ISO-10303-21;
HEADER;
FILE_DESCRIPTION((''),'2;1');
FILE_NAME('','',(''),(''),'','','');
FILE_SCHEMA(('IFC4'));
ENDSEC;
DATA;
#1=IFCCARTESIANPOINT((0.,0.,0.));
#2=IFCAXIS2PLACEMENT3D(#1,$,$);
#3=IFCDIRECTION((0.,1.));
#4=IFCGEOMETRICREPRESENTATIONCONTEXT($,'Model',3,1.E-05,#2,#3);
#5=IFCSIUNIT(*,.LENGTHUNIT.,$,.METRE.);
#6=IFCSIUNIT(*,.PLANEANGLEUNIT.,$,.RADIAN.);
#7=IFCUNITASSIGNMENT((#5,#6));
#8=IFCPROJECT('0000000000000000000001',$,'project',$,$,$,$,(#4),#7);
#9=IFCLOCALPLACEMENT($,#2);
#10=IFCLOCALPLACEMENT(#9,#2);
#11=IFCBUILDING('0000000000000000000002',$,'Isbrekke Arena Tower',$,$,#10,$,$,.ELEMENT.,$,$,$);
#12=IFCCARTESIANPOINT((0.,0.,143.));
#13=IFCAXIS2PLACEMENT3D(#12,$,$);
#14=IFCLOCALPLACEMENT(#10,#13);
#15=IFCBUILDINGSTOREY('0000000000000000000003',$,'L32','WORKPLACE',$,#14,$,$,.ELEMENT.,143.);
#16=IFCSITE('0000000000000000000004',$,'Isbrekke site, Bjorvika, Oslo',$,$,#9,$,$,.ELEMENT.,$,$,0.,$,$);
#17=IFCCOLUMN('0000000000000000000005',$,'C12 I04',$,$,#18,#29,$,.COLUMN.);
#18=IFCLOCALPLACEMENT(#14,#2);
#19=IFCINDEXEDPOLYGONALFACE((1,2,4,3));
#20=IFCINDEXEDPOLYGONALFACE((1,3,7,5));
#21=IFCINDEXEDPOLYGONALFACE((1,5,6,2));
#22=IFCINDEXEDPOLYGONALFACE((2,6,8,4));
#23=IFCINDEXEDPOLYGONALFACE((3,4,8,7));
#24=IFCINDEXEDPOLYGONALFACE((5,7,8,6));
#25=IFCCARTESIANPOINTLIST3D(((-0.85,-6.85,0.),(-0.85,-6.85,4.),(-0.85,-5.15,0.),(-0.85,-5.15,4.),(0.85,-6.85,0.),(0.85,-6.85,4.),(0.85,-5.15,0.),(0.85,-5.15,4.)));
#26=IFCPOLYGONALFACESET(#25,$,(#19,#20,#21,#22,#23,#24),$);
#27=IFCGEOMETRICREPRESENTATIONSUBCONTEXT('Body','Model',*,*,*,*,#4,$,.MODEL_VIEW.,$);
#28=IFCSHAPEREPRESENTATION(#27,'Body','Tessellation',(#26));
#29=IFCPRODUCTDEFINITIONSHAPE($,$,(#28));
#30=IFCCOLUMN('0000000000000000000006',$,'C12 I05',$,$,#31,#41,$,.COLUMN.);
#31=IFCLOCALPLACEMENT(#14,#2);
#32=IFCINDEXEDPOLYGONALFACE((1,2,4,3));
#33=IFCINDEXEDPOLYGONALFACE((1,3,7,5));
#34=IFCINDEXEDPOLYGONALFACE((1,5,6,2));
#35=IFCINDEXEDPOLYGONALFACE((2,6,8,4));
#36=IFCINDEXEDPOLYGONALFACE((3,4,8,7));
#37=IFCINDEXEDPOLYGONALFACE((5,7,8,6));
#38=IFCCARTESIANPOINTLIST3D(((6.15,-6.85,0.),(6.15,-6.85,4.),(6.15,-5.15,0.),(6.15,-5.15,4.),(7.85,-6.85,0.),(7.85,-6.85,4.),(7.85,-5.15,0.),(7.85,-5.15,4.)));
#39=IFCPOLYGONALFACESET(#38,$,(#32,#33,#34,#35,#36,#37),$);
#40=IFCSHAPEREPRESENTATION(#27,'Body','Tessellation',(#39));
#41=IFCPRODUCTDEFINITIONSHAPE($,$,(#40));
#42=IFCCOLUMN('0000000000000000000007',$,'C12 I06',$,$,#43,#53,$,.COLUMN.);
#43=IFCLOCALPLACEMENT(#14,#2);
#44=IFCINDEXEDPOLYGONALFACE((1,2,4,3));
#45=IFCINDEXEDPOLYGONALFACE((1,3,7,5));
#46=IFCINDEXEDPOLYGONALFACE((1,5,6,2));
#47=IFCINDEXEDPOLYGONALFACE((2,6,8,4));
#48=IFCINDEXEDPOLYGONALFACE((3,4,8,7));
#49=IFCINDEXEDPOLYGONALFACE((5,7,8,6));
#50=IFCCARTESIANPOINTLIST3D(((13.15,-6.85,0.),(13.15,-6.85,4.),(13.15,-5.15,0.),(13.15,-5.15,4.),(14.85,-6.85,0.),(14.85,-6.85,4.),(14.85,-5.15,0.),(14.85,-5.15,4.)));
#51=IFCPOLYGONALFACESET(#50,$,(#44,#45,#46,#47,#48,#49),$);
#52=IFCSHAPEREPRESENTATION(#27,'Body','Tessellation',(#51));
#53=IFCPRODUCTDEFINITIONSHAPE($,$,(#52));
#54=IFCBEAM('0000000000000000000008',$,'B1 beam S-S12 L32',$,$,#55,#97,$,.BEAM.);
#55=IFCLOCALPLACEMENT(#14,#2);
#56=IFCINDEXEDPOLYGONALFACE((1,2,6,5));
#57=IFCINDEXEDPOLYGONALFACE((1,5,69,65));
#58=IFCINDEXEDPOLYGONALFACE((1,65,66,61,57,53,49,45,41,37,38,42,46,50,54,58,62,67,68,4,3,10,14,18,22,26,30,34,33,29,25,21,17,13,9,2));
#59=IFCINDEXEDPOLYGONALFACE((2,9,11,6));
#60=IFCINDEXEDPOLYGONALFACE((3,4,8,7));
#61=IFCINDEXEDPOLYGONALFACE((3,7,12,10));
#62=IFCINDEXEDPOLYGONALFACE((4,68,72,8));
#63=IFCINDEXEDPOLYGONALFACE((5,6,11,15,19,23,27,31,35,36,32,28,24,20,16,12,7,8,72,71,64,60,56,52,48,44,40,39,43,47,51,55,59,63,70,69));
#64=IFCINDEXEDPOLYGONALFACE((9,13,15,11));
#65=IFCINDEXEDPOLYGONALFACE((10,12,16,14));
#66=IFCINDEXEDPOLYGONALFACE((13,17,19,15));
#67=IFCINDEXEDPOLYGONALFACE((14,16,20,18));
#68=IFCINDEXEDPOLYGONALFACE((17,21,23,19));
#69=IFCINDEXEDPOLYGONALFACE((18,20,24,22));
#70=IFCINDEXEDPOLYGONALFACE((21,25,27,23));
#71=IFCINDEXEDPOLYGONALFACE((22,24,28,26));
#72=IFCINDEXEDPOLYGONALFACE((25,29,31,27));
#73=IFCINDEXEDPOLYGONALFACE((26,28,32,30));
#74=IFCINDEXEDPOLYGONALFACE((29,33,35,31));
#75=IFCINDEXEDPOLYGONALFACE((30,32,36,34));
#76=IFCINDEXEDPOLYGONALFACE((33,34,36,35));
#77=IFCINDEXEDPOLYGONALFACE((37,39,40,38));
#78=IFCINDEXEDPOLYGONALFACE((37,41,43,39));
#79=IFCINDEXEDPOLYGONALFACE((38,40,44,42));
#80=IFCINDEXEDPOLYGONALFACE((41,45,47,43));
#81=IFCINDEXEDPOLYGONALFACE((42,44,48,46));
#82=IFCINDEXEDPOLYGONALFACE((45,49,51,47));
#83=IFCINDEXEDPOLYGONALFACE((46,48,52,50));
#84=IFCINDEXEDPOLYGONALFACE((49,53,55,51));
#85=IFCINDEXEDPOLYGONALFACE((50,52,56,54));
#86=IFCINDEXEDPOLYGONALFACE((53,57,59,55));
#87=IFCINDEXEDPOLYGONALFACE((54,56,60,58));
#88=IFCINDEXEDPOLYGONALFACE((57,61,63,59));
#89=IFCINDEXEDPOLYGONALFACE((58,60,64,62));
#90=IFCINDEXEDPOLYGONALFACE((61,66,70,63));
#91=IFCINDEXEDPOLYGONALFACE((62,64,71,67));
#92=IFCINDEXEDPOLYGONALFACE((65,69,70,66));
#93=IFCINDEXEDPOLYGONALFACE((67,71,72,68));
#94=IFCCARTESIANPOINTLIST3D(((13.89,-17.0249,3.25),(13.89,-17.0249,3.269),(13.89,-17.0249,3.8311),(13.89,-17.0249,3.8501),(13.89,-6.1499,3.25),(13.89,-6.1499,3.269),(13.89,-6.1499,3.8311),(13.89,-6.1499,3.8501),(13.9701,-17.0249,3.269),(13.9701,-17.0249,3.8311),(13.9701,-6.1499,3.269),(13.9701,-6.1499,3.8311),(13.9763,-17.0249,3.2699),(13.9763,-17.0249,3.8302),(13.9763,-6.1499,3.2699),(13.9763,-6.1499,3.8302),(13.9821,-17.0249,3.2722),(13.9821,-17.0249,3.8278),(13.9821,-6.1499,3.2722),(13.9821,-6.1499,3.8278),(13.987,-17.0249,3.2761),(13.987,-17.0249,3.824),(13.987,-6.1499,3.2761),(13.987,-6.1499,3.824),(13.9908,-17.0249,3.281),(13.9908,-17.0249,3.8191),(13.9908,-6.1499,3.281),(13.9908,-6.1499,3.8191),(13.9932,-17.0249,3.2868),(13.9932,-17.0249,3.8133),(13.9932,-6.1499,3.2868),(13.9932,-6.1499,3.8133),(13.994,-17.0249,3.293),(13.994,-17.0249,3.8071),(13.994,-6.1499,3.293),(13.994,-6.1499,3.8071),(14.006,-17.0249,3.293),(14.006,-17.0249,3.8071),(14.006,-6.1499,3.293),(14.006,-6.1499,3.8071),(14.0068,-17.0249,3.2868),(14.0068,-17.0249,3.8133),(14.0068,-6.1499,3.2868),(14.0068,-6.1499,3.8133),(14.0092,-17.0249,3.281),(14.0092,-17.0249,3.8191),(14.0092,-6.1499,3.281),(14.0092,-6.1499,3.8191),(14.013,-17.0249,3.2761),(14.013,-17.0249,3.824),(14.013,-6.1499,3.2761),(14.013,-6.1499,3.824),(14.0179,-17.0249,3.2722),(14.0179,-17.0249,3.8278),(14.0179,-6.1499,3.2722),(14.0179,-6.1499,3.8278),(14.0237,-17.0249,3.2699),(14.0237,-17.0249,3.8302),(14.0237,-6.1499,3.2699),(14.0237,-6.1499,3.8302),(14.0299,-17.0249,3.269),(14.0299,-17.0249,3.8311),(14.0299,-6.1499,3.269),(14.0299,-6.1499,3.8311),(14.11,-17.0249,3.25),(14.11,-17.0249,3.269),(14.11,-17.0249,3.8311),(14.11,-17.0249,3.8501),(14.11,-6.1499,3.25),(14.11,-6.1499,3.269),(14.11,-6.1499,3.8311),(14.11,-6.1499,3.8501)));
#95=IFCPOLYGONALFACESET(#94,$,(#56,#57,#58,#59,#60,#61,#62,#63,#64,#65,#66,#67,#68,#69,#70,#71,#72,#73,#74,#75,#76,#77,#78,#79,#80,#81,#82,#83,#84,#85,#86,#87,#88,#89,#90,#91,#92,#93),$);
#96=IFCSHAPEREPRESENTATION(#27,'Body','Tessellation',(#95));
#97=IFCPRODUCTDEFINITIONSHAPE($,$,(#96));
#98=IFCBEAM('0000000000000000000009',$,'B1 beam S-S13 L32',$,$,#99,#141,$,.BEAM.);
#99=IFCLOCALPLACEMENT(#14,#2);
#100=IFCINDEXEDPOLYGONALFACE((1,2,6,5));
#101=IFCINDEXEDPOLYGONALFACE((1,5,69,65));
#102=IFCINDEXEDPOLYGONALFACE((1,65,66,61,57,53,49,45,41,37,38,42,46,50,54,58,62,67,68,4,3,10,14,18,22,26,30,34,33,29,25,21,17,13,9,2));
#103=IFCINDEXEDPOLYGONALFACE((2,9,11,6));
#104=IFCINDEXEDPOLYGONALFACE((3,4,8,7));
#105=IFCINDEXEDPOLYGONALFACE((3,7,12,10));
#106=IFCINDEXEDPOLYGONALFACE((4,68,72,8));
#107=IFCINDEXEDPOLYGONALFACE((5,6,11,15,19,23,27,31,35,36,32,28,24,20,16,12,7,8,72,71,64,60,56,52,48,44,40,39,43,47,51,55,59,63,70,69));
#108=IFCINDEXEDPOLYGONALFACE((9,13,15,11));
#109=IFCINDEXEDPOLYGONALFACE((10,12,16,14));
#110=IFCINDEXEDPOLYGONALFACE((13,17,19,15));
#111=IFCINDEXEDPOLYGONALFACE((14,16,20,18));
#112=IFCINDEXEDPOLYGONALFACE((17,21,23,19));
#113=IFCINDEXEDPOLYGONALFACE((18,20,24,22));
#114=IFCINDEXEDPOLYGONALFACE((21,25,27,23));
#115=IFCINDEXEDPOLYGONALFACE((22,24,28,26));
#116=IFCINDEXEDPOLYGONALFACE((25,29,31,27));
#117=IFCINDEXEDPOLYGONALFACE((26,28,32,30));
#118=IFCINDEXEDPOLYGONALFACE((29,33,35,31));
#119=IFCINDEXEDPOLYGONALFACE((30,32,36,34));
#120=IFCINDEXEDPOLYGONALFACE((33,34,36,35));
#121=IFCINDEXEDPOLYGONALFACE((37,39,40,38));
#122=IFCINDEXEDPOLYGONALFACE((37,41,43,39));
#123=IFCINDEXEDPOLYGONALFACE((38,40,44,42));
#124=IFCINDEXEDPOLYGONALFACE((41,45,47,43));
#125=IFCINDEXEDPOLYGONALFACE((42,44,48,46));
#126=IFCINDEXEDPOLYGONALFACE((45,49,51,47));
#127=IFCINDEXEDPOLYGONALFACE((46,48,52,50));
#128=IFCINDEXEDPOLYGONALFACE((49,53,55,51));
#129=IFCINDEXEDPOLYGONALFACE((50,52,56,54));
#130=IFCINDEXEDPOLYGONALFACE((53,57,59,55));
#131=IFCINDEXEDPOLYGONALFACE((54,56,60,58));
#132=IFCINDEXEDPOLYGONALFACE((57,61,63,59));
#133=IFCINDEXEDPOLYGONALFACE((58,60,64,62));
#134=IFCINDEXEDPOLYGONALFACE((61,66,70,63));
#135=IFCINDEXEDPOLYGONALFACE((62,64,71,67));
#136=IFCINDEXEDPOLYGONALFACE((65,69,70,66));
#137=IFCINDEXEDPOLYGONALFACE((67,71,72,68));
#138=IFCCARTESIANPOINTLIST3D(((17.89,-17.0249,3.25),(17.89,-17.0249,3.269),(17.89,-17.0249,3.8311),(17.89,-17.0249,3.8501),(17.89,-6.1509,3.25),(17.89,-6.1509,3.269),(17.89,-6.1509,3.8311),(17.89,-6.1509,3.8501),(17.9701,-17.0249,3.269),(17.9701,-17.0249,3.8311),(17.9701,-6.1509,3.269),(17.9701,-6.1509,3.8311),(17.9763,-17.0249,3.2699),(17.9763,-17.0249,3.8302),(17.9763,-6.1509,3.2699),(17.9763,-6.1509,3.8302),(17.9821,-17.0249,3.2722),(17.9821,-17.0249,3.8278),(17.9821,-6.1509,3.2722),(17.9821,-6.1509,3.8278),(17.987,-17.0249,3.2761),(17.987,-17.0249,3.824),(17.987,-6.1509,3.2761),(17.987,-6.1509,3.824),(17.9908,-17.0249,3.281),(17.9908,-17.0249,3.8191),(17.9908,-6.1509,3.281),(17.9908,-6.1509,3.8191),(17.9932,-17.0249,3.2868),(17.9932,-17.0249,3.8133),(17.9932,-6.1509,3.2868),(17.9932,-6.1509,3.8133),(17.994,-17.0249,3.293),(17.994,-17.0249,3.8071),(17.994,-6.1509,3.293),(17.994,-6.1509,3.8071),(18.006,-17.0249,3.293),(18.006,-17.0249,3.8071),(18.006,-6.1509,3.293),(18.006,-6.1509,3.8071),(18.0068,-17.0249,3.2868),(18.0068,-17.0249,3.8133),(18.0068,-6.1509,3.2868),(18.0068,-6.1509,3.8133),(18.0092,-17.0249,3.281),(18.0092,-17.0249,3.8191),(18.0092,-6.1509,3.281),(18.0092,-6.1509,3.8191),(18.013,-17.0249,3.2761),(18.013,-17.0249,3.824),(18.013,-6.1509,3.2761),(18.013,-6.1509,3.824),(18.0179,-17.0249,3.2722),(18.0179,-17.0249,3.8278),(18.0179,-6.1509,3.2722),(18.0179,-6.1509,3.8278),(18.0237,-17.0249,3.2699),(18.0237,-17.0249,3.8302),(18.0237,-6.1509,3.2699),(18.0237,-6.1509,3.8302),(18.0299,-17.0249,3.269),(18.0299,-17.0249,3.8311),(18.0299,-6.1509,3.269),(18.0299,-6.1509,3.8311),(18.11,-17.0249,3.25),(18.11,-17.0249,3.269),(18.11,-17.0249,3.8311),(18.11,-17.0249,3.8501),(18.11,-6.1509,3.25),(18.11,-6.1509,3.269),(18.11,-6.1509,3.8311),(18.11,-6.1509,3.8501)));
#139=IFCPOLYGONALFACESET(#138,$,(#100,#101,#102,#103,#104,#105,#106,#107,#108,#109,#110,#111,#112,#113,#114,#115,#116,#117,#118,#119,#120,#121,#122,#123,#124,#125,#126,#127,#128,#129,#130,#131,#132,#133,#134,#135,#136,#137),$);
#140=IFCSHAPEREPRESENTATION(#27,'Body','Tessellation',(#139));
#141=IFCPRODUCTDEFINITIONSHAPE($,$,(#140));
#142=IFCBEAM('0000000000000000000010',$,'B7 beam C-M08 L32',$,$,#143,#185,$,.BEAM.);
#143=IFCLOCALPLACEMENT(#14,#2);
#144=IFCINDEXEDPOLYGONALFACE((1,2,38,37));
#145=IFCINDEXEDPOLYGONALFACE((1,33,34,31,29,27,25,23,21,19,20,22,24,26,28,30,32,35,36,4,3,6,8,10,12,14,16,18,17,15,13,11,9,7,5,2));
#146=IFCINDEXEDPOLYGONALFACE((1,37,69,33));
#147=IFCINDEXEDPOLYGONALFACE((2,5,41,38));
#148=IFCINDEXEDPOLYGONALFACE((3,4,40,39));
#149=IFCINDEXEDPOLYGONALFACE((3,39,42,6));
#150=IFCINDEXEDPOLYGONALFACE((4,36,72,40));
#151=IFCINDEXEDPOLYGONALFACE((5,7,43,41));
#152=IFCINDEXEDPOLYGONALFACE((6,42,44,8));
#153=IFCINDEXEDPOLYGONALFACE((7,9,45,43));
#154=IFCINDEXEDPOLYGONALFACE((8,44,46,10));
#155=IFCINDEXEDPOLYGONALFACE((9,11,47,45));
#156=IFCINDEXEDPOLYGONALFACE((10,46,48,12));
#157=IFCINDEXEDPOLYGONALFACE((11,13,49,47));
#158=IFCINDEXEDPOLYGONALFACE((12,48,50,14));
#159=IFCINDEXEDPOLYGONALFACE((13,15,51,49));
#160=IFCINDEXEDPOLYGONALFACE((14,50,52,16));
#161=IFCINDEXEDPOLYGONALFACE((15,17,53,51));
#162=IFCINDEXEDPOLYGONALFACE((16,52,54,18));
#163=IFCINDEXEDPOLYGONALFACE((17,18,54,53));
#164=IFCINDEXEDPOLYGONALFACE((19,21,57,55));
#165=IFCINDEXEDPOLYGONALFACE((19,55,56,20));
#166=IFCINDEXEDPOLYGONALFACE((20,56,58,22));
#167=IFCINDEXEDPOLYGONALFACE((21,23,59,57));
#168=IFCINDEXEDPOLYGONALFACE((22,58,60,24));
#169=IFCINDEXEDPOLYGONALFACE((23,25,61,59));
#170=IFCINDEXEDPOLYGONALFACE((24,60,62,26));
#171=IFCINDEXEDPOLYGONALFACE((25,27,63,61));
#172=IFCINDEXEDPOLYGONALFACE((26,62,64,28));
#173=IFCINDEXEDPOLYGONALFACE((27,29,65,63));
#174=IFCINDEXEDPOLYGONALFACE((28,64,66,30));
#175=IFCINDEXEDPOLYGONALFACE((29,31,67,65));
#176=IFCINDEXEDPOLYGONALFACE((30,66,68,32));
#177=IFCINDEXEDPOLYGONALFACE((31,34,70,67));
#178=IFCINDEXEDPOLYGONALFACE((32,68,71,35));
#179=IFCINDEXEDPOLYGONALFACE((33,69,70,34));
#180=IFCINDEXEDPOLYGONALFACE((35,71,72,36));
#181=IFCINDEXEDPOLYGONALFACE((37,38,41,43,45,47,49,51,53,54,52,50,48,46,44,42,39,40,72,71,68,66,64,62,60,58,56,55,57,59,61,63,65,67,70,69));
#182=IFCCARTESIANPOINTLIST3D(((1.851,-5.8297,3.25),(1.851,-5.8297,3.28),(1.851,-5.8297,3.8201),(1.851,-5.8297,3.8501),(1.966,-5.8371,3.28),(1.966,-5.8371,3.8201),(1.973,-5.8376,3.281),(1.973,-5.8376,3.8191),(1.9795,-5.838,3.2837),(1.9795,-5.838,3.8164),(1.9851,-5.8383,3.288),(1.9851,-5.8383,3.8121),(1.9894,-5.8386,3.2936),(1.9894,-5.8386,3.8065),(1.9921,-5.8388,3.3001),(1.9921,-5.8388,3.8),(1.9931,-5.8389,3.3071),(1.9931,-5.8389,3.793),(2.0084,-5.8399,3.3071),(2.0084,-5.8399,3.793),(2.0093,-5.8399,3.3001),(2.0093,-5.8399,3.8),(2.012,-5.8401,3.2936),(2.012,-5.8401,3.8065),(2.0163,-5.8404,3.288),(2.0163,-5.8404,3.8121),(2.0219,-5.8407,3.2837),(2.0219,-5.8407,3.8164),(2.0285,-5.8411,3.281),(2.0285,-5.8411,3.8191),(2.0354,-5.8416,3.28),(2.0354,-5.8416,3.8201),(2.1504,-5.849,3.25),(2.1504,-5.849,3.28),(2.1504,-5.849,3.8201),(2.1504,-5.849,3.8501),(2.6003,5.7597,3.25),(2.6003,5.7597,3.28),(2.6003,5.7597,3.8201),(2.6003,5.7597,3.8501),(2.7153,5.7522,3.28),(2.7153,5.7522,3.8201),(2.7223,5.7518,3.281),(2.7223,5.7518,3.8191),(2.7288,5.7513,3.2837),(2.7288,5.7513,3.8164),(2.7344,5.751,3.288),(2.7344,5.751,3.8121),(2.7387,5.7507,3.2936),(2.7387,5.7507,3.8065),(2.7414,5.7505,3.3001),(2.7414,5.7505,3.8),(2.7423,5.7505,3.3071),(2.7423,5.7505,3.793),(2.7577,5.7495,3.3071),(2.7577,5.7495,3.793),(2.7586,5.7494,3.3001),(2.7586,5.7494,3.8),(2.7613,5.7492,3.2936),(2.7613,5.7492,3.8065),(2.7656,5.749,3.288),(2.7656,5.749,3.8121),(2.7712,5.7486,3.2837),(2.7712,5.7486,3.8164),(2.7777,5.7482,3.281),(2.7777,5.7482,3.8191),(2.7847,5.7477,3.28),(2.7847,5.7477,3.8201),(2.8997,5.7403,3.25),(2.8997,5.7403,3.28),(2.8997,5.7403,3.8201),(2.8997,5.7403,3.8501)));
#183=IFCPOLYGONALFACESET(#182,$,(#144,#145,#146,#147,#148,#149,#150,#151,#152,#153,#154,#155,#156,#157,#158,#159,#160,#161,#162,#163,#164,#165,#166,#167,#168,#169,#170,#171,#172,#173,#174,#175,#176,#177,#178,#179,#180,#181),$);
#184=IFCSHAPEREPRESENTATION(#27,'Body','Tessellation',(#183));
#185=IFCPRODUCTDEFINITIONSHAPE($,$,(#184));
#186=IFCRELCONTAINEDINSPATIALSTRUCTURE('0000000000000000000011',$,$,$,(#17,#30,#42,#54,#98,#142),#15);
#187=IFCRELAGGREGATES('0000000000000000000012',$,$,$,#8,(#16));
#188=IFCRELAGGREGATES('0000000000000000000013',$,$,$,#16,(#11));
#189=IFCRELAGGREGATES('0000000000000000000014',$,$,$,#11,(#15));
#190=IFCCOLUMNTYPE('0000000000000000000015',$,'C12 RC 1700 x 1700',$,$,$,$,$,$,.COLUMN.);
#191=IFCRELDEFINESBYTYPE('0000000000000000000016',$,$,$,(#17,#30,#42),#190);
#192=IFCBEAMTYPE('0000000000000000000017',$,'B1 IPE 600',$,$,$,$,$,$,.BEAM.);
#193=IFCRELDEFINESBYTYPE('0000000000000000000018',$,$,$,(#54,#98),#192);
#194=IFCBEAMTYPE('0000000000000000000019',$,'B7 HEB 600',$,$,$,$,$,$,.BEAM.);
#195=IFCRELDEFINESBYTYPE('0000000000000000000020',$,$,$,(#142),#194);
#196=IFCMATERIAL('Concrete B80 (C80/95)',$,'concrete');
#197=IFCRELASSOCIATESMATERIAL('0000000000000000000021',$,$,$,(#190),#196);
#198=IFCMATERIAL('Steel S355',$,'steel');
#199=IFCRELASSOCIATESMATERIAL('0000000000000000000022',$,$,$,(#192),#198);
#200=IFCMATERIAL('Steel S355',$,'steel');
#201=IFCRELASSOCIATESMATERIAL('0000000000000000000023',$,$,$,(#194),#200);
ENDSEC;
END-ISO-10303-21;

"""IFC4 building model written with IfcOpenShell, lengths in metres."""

from ifc_helpers import new_model, si_unit, direction, frame, origin, origin_2d, place, context, subcontext, project, spatial, rectangle, i_section, extrude, material, material_profile, profile_set, type_object, element, save


model = new_model("IFC4")

# Units and contexts
model_context = context("Model", 3, precision=1e-05, world=origin(), true_north=direction((0.0, 1.0)))
body_context = subcontext(model_context, "Body", "Model", "MODEL_VIEW")
ifc_project = project(units=[si_unit("LENGTHUNIT", "METRE"), si_unit("PLANEANGLEUNIT", "RADIAN")], contexts=[model_context])

# Site, building, storey
site_placement = place(None, origin())
site = spatial("IfcSite", under=ifc_project, at=site_placement, Name="Isbrekke site, Bjorvika, Oslo", CompositionType="ELEMENT", RefElevation=0.0)
building_placement = place(site_placement, origin())
building = spatial("IfcBuilding", under=site, at=building_placement, Name="Isbrekke Arena Tower", CompositionType="ELEMENT")
storey_placement = place(building_placement, frame((0.0, 0.0, 143.0)))
storey = spatial("IfcBuildingStorey", under=building, at=storey_placement, Name="L32", Description="WORKPLACE", CompositionType="ELEMENT", Elevation=143.0)

# Columns
ifc_material_1 = material(Name="Concrete B80 (C80/95)", Category="concrete")
ifc_material_profile_1 = material_profile(ifc_material_1, rectangle(XDim=1.7, YDim=1.7, at=origin_2d()), Name="RC 1700x1700")
ifc_profile_set_1 = profile_set([ifc_material_profile_1], Name="Concrete B80 (C80/95)")
column_type = type_object("IfcColumnType", Name="C12 RC 1700 x 1700", PredefinedType="COLUMN", material=ifc_profile_set_1)
for number, where, z_axis, x_axis, name in (
    (1, (0.0, -6.0, 0.0), (0.0, 0.0, 1.0), (1.0, 0.0, 0.0), "C12 I04"),
    (2, (7.0, -6.0, 0.0), (0.0, 0.0, 1.0), (1.0, 0.0, 0.0), "C12 I05"),
    (3, (14.0, -6.0, 0.0), (0.0, 0.0, 1.0), (1.0, 0.0, 0.0), "C12 I06"),
):
    element("IfcColumn", number, at=place(storey_placement, frame(where, z_axis=z_axis, x_axis=x_axis)), inside=storey, type_object=column_type, Name=name, PredefinedType="COLUMN", context=body_context, shape_type="SweptSolid", body=[
        extrude(rectangle(XDim=1.7, YDim=1.7, at=origin_2d()), origin(), (0.0, 0.0, 1.0), 4.0),
    ])

# Beams
ifc_material_2 = material(Name="Steel S355", Category="steel")
ifc_material_profile_2 = material_profile(ifc_material_2, i_section(OverallWidth=0.22, OverallDepth=0.6001, WebThickness=0.012, FlangeThickness=0.019, FilletRadius=0.0239, at=origin_2d()), Name="IPE 600")
ifc_profile_set_2 = profile_set([ifc_material_profile_2], Name="Steel S355")
beam_type_1 = type_object("IfcBeamType", Name="B1 IPE 600", PredefinedType="BEAM", material=ifc_profile_set_2)
beam_1_placement = place(storey_placement, frame((14.0, -17.0249, 3.55), z_axis=(0.0, 1.0, 0.0), x_axis=(-1.0, 0.0, 0.0)))
element("IfcBeam", 4, at=beam_1_placement, inside=storey, type_object=beam_type_1, Name="B1 beam S-S12 L32", PredefinedType="BEAM", context=body_context, shape_type="SweptSolid", body=[
    extrude(i_section(OverallWidth=0.22, OverallDepth=0.6001, WebThickness=0.012, FlangeThickness=0.019, FilletRadius=0.0239, at=origin_2d()), origin(), (0.0, 0.0, 1.0), 10.875),
])
beam_2_placement = place(storey_placement, frame((18.0, -17.0249, 3.55), z_axis=(0.0, 1.0, 0.0), x_axis=(-1.0, 0.0, 0.0)))
element("IfcBeam", 5, at=beam_2_placement, inside=storey, type_object=beam_type_1, Name="B1 beam S-S13 L32", PredefinedType="BEAM", context=body_context, shape_type="SweptSolid", body=[
    extrude(i_section(OverallWidth=0.22, OverallDepth=0.6001, WebThickness=0.012, FlangeThickness=0.019, FilletRadius=0.0239, at=origin_2d()), origin(), (0.0, 0.0, 1.0), 10.874),
])
ifc_material_3 = material(Name="Steel S355", Category="steel")
ifc_material_profile_3 = material_profile(ifc_material_3, i_section(OverallWidth=0.3, OverallDepth=0.6001, WebThickness=0.0154, FlangeThickness=0.03, FilletRadius=0.0271, at=origin_2d()), Name="HEB 600")
ifc_profile_set_3 = profile_set([ifc_material_profile_3], Name="Steel S355")
beam_type_2 = type_object("IfcBeamType", Name="B7 HEB 600", PredefinedType="BEAM", material=ifc_profile_set_3)
beam_3_placement = place(storey_placement, frame((2.0007, -5.8394, 3.55), z_axis=(0.064517, 0.997917, 0.0), x_axis=(-0.997917, 0.064517, 0.0)))
element("IfcBeam", 6, at=beam_3_placement, inside=storey, type_object=beam_type_2, Name="B7 beam C-M08 L32", PredefinedType="BEAM", context=body_context, shape_type="SweptSolid", body=[
    extrude(i_section(OverallWidth=0.3, OverallDepth=0.6001, WebThickness=0.0154, FlangeThickness=0.03, FilletRadius=0.0271, at=origin_2d()), origin(), (0.0, 0.0, 1.0), 11.6135),
])

save(model, "model.ifc")
